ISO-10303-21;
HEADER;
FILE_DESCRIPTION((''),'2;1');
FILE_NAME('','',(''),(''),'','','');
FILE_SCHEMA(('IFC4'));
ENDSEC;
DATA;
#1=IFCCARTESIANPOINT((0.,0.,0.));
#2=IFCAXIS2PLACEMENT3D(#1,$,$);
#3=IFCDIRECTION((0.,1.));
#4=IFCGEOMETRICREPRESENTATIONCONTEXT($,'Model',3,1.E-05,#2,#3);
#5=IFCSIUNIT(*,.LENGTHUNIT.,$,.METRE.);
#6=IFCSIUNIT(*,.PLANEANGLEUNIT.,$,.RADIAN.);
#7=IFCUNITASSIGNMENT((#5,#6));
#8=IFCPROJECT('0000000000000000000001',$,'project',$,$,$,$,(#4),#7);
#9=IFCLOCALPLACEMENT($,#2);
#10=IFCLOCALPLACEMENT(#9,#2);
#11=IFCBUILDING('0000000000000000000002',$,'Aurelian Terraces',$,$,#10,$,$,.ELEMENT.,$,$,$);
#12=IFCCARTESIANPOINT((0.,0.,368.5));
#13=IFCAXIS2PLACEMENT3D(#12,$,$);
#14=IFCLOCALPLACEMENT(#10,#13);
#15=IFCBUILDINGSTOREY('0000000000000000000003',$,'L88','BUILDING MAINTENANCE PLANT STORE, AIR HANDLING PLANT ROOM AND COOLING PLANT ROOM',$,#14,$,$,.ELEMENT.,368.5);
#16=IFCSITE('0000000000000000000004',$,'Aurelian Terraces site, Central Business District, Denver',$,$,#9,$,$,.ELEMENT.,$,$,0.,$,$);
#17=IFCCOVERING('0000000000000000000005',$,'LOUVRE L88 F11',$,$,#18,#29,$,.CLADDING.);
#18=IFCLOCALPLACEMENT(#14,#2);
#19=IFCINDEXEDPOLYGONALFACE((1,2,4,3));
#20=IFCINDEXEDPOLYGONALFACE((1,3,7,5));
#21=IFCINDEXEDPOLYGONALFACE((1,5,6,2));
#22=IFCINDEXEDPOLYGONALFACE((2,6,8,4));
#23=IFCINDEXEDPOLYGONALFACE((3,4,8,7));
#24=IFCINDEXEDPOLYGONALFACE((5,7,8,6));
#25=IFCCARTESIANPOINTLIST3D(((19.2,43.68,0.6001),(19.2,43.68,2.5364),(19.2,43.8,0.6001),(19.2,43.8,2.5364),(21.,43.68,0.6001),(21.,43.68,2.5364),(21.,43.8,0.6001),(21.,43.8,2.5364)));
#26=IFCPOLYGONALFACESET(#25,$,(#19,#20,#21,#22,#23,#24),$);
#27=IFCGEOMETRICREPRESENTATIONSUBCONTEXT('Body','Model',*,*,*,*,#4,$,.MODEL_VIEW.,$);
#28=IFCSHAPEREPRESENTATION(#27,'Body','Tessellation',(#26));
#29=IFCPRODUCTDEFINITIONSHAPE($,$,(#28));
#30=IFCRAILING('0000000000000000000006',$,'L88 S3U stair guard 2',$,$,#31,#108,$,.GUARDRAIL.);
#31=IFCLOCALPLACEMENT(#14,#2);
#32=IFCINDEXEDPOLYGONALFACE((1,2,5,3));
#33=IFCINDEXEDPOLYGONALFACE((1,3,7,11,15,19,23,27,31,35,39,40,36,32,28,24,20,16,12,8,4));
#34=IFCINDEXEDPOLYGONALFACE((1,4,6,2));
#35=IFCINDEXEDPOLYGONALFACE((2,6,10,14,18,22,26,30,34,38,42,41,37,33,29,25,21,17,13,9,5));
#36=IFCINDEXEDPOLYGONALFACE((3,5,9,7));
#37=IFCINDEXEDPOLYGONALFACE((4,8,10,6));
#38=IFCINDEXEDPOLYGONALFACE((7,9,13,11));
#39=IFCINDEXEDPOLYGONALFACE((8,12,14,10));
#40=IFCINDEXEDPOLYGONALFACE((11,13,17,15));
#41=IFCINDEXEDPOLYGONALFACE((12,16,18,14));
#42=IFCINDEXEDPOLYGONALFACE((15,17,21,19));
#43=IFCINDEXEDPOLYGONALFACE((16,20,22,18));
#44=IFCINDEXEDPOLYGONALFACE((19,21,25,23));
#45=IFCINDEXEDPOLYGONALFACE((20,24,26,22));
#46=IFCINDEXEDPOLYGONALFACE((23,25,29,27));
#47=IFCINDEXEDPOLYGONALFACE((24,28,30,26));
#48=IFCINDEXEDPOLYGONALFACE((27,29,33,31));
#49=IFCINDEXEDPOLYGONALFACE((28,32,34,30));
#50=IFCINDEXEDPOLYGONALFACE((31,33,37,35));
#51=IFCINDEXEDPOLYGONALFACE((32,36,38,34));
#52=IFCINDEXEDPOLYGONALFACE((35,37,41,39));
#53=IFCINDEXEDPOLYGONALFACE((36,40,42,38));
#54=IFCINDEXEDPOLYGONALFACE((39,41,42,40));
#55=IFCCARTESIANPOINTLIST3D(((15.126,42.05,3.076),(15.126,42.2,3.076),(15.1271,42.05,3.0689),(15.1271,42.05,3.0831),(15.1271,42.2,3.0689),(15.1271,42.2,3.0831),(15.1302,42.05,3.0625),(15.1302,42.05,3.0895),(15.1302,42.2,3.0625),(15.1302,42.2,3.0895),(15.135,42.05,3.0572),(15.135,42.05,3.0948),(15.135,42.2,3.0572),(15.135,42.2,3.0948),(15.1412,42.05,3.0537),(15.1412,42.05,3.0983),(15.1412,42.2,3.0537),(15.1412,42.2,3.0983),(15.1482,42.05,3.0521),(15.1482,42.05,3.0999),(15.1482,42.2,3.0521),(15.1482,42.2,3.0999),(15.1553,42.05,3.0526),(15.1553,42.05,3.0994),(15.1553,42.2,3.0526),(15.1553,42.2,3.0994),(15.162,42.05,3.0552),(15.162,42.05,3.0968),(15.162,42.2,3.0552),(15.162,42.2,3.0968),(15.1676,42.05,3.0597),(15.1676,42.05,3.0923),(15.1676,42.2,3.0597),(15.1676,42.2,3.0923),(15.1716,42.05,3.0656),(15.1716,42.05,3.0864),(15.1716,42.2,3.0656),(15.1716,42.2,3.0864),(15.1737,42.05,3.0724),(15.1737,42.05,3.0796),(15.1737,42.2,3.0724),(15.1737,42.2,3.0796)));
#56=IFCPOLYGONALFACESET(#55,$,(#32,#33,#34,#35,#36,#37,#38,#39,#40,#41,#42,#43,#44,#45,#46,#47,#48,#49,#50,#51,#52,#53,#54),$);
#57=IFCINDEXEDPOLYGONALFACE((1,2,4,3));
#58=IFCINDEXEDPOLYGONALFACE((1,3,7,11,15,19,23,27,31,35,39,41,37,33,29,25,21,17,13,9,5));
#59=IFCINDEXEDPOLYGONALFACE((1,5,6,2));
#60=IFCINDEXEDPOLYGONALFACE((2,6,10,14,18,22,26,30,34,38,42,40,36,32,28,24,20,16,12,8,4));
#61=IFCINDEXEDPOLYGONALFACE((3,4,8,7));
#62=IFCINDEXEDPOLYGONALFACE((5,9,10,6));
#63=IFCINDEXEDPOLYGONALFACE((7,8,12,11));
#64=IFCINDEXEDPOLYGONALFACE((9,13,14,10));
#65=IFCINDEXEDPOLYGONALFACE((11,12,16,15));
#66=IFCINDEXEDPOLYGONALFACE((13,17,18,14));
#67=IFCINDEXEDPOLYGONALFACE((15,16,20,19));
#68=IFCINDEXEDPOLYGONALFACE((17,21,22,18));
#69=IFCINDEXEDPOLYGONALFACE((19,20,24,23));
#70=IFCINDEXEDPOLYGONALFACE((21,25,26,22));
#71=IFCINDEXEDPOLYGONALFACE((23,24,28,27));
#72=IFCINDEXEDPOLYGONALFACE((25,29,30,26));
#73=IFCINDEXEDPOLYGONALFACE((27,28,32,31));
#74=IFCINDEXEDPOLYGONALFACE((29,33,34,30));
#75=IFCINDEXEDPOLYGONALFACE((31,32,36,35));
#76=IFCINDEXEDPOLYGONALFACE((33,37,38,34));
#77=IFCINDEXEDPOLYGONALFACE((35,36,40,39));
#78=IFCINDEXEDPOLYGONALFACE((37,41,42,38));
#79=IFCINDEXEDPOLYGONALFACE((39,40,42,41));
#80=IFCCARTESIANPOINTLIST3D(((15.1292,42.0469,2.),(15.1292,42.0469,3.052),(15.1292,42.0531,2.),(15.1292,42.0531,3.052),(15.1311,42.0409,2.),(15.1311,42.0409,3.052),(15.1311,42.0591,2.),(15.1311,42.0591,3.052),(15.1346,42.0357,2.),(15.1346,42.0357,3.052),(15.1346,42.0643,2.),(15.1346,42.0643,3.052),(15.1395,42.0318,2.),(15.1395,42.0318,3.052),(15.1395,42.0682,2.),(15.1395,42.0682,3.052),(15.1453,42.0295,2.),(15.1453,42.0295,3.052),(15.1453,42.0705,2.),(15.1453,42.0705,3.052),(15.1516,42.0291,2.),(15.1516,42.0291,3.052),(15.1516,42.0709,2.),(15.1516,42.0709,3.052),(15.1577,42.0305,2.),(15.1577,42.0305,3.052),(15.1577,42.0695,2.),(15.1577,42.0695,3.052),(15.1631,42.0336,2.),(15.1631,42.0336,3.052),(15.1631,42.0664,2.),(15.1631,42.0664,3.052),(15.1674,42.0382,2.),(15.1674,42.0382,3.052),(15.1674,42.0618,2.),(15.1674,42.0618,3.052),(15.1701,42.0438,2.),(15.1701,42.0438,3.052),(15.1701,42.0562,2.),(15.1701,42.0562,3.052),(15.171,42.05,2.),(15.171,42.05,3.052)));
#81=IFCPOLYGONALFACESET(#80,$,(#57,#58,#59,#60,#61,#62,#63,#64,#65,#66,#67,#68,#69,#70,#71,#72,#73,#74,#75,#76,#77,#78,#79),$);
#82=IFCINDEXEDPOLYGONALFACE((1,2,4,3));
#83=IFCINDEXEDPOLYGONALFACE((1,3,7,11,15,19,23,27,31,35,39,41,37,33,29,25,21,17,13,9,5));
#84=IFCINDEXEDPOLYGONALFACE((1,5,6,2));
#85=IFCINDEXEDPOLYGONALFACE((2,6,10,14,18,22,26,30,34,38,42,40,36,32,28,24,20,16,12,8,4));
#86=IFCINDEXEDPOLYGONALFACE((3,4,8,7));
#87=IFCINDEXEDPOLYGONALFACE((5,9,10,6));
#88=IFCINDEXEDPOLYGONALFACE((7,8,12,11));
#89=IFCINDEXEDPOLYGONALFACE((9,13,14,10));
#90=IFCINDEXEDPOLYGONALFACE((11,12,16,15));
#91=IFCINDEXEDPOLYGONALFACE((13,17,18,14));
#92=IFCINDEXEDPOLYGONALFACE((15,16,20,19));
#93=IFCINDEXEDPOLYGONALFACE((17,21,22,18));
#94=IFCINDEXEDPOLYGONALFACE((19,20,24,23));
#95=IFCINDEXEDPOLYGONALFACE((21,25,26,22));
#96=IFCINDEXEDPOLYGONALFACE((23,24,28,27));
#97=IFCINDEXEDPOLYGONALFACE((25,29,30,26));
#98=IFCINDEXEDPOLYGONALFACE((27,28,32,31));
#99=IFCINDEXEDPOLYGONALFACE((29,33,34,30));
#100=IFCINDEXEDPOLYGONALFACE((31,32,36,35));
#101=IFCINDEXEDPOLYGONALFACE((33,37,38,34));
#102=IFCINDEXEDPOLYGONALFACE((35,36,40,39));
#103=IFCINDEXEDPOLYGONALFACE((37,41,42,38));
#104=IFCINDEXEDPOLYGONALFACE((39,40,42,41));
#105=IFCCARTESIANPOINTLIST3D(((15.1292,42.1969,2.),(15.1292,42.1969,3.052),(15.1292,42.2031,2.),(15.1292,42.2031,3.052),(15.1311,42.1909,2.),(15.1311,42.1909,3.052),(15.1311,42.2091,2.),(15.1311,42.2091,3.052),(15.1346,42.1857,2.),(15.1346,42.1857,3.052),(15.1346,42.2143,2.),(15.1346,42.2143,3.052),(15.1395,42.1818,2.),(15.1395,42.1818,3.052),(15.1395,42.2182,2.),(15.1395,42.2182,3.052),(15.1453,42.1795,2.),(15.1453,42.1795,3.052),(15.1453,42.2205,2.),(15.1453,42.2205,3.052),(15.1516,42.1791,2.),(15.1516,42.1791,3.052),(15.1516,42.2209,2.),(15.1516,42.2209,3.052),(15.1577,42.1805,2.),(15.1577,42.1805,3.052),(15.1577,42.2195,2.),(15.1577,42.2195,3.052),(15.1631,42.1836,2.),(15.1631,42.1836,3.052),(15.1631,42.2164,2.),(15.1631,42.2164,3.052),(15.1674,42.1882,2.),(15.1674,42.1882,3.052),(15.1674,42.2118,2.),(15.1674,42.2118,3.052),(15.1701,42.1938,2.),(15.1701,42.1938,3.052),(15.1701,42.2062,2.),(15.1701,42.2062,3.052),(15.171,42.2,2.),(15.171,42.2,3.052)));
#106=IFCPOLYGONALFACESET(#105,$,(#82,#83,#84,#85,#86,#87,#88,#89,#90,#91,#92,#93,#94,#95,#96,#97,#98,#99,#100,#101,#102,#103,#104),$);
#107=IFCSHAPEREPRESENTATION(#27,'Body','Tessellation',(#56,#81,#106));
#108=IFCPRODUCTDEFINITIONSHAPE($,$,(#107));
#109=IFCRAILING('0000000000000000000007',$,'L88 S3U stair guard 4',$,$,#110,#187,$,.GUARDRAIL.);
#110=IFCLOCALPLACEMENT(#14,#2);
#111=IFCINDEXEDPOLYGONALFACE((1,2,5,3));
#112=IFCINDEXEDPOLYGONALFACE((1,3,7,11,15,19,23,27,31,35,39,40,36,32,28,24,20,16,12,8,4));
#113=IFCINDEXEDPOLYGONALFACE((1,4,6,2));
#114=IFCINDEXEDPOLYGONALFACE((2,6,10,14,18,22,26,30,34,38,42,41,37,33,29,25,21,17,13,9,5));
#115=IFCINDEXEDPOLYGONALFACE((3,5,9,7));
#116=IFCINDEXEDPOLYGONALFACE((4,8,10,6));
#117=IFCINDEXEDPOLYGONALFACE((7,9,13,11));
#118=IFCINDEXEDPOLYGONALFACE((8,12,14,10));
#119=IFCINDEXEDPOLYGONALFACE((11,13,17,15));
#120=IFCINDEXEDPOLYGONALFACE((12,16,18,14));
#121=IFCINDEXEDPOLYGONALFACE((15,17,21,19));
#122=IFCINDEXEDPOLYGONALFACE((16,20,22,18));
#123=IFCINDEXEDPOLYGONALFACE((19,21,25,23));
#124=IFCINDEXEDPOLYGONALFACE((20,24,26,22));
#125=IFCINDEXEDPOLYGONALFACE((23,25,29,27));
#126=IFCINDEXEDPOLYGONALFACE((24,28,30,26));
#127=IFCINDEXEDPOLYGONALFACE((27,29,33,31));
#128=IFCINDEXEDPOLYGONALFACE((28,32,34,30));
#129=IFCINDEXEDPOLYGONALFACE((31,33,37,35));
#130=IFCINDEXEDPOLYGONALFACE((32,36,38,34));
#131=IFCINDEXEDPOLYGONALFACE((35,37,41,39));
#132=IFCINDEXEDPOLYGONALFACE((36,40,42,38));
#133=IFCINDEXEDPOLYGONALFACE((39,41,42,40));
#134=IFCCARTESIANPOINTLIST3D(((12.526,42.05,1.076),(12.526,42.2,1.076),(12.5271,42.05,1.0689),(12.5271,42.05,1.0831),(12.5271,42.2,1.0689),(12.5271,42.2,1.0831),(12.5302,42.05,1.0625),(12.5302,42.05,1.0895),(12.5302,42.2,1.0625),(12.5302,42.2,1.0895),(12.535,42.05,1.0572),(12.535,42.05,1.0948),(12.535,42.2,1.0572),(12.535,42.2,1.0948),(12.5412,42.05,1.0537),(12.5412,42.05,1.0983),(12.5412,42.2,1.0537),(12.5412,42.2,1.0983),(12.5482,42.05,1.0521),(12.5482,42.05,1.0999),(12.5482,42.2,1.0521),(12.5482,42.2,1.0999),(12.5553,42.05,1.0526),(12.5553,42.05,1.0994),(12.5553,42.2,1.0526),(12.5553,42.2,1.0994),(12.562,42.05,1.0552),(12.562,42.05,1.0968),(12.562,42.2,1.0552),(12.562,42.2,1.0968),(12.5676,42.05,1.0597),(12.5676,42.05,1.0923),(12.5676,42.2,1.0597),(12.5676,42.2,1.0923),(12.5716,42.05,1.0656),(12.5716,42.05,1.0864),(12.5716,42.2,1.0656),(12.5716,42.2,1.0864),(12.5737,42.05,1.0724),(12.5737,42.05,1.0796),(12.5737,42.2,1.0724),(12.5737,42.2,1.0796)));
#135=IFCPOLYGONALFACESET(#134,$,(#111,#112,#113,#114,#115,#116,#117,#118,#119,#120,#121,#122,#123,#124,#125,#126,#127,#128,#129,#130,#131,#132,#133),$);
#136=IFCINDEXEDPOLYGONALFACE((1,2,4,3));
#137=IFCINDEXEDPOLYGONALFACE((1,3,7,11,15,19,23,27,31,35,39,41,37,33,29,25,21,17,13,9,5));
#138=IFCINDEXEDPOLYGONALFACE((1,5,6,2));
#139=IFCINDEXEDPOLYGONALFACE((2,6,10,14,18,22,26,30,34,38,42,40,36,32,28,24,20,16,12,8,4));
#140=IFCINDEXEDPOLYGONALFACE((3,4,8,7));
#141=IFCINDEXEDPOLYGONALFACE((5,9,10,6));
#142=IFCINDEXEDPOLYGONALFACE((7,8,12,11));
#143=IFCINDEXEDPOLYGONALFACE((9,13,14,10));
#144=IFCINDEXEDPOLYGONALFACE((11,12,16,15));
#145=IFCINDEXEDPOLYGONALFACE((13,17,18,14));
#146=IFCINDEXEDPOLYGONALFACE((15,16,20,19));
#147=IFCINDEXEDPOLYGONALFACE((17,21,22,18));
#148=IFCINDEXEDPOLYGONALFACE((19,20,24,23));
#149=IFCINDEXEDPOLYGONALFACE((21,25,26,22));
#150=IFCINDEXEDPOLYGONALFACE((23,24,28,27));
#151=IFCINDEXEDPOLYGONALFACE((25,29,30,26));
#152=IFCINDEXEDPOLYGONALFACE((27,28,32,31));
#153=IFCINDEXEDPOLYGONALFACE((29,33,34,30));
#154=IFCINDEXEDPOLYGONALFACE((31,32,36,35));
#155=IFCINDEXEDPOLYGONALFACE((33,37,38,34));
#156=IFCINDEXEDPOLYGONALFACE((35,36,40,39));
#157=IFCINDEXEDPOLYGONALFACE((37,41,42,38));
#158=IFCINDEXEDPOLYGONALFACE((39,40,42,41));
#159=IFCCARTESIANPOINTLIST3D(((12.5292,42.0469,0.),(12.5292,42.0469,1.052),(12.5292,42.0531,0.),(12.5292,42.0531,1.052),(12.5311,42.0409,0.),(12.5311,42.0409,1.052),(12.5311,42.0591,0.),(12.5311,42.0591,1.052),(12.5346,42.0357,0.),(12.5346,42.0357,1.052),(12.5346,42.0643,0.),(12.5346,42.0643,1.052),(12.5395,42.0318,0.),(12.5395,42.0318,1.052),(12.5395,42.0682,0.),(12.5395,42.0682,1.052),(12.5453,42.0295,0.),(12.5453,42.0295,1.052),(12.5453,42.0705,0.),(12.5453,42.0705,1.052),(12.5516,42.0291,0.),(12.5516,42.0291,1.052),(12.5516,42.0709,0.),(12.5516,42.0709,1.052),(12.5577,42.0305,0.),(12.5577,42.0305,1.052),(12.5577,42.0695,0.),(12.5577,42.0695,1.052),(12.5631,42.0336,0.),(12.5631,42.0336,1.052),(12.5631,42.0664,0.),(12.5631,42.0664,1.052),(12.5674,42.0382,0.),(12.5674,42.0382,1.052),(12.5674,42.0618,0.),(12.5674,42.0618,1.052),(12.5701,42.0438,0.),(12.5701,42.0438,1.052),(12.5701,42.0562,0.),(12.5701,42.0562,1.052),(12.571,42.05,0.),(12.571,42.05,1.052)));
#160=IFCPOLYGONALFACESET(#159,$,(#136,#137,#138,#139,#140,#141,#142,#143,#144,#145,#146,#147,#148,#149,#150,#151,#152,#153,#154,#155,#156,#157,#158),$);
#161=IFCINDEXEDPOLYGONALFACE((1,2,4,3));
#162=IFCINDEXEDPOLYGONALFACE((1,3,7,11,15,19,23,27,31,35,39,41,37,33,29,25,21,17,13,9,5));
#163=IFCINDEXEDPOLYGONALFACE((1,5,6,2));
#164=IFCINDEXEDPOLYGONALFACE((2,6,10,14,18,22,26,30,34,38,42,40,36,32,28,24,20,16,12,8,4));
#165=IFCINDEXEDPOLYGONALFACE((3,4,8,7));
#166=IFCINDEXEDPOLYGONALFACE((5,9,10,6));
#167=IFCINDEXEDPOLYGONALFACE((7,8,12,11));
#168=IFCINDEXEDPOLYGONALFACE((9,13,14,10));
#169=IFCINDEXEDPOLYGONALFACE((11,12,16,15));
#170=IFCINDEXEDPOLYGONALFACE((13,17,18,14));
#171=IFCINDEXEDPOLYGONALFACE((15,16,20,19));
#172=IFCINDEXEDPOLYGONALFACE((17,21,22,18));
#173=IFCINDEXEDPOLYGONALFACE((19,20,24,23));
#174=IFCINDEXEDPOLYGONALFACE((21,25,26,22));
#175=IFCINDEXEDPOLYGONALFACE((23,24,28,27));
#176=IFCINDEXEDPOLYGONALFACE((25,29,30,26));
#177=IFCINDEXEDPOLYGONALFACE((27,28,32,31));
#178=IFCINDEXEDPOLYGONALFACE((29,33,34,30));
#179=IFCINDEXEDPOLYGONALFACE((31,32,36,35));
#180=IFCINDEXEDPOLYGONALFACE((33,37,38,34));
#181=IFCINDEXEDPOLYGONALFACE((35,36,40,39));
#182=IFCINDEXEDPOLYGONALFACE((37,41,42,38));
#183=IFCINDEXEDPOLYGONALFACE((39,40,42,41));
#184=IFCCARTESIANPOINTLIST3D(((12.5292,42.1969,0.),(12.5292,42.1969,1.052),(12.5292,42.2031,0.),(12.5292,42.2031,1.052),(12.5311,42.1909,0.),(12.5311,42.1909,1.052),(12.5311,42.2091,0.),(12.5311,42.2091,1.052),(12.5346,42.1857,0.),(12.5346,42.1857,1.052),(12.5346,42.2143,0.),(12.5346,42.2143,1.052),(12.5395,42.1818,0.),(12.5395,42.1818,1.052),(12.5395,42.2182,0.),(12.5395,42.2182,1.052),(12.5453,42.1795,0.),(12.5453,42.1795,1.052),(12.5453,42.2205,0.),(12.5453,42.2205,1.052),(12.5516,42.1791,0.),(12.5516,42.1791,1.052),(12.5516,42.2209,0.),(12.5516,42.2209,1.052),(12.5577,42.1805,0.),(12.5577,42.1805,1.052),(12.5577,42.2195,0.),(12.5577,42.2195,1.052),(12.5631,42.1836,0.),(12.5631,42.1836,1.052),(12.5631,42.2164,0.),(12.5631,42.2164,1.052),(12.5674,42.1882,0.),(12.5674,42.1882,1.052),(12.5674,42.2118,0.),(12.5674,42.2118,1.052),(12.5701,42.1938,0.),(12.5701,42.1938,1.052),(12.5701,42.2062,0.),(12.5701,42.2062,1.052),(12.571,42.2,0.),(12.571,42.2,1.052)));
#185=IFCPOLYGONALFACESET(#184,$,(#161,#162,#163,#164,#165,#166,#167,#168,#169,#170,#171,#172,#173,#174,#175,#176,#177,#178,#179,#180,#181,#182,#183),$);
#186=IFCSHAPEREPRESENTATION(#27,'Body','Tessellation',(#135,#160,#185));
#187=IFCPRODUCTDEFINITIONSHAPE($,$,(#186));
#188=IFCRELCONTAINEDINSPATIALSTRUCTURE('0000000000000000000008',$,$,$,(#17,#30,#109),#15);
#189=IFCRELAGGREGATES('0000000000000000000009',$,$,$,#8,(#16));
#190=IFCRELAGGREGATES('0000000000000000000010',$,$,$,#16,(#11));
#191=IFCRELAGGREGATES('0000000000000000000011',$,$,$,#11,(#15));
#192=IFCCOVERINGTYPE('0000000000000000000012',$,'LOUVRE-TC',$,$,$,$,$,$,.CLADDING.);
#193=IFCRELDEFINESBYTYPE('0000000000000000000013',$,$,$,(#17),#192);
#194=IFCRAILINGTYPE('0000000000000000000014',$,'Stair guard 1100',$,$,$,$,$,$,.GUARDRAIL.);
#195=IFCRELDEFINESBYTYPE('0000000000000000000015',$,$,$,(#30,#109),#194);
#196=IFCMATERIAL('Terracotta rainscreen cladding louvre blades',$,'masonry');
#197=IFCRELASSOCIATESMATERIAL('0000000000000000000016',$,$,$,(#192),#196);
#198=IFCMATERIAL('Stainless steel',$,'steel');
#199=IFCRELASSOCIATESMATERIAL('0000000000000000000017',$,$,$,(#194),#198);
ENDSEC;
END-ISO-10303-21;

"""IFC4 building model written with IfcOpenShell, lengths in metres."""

from ifc_helpers import new_model, si_unit, direction, frame, origin, origin_2d, place, context, subcontext, project, spatial, rectangle, circle, extrude, source, transform, mapped, material, type_object, element, save


model = new_model("IFC4")

# Units and contexts
model_context = context("Model", 3, precision=1e-05, world=origin(), true_north=direction((0.0, 1.0)))
body_context = subcontext(model_context, "Body", "Model", "MODEL_VIEW")
ifc_project = project(units=[si_unit("LENGTHUNIT", "METRE"), si_unit("PLANEANGLEUNIT", "RADIAN")], contexts=[model_context])

# Site, building, storey
site_placement = place(None, origin())
site = spatial("IfcSite", under=ifc_project, at=site_placement, Name="Aurelian Terraces site, Central Business District, Denver", CompositionType="ELEMENT", RefElevation=0.0)
building_placement = place(site_placement, origin())
building = spatial("IfcBuilding", under=site, at=building_placement, Name="Aurelian Terraces", CompositionType="ELEMENT")
storey_placement = place(building_placement, frame((0.0, 0.0, 368.5)))
storey = spatial("IfcBuildingStorey", under=building, at=storey_placement, Name="L88", Description="BUILDING MAINTENANCE PLANT STORE, AIR HANDLING PLANT ROOM AND COOLING PLANT ROOM", CompositionType="ELEMENT", Elevation=368.5)

# Covering
ifc_material_1 = material(Name="Terracotta rainscreen cladding louvre blades", Category="masonry")
covering_type = type_object("IfcCoveringType", Name="LOUVRE-TC", PredefinedType="CLADDING", material=ifc_material_1)
covering_placement = place(storey_placement, frame((20.1, 43.74, 0.6001), z_axis=(0.0, 0.0, 1.0), x_axis=(1.0, 0.0, 0.0)))
element("IfcCovering", 1, at=covering_placement, inside=storey, type_object=covering_type, Name="LOUVRE L88 F11", PredefinedType="CLADDING", context=body_context, shape_type="SweptSolid", body=[
    extrude(rectangle(XDim=1.8, YDim=0.12, at=origin_2d()), origin(), (0.0, 0.0, 1.0), 1.9363),
])

# Railings
ifc_material_2 = material(Name="Stainless steel", Category="steel")
railing_type_1 = type_object("IfcRailingType", Name="Stair guard 1100", PredefinedType="GUARDRAIL", material=ifc_material_2)
shared_shape_1 = source(origin(), body_context, "Body", "SweptSolid", [
    extrude(circle(Radius=0.024, at=origin_2d()), frame((0.0, 0.0, 1.076), z_axis=(0.0, 1.0, 0.0), x_axis=(-1.0, 0.0, 0.0)), (0.0, 0.0, 1.0), 0.15),
    extrude(circle(Radius=0.021, at=origin_2d()), origin(), (0.0, 0.0, 1.0), 1.052),
    extrude(circle(Radius=0.021, at=origin_2d()), frame((0.0, 0.15, 0.0)), (0.0, 0.0, 1.0), 1.052),
])
for number, where, name in (
    (2, (15.15, 42.05, 2.0), "L88 S3U stair guard 2"),
    (3, (12.55, 42.05, 0.0), "L88 S3U stair guard 4"),
):
    element("IfcRailing", number, at=place(storey_placement, frame(where)), inside=storey, type_object=railing_type_1, Name=name, PredefinedType="GUARDRAIL", context=body_context, shape_type="MappedRepresentation", body=[
        mapped(shared_shape_1, transform((0.0, 0.0, 0.0), scale=1.0)),
    ])

save(model, "model.ifc")
